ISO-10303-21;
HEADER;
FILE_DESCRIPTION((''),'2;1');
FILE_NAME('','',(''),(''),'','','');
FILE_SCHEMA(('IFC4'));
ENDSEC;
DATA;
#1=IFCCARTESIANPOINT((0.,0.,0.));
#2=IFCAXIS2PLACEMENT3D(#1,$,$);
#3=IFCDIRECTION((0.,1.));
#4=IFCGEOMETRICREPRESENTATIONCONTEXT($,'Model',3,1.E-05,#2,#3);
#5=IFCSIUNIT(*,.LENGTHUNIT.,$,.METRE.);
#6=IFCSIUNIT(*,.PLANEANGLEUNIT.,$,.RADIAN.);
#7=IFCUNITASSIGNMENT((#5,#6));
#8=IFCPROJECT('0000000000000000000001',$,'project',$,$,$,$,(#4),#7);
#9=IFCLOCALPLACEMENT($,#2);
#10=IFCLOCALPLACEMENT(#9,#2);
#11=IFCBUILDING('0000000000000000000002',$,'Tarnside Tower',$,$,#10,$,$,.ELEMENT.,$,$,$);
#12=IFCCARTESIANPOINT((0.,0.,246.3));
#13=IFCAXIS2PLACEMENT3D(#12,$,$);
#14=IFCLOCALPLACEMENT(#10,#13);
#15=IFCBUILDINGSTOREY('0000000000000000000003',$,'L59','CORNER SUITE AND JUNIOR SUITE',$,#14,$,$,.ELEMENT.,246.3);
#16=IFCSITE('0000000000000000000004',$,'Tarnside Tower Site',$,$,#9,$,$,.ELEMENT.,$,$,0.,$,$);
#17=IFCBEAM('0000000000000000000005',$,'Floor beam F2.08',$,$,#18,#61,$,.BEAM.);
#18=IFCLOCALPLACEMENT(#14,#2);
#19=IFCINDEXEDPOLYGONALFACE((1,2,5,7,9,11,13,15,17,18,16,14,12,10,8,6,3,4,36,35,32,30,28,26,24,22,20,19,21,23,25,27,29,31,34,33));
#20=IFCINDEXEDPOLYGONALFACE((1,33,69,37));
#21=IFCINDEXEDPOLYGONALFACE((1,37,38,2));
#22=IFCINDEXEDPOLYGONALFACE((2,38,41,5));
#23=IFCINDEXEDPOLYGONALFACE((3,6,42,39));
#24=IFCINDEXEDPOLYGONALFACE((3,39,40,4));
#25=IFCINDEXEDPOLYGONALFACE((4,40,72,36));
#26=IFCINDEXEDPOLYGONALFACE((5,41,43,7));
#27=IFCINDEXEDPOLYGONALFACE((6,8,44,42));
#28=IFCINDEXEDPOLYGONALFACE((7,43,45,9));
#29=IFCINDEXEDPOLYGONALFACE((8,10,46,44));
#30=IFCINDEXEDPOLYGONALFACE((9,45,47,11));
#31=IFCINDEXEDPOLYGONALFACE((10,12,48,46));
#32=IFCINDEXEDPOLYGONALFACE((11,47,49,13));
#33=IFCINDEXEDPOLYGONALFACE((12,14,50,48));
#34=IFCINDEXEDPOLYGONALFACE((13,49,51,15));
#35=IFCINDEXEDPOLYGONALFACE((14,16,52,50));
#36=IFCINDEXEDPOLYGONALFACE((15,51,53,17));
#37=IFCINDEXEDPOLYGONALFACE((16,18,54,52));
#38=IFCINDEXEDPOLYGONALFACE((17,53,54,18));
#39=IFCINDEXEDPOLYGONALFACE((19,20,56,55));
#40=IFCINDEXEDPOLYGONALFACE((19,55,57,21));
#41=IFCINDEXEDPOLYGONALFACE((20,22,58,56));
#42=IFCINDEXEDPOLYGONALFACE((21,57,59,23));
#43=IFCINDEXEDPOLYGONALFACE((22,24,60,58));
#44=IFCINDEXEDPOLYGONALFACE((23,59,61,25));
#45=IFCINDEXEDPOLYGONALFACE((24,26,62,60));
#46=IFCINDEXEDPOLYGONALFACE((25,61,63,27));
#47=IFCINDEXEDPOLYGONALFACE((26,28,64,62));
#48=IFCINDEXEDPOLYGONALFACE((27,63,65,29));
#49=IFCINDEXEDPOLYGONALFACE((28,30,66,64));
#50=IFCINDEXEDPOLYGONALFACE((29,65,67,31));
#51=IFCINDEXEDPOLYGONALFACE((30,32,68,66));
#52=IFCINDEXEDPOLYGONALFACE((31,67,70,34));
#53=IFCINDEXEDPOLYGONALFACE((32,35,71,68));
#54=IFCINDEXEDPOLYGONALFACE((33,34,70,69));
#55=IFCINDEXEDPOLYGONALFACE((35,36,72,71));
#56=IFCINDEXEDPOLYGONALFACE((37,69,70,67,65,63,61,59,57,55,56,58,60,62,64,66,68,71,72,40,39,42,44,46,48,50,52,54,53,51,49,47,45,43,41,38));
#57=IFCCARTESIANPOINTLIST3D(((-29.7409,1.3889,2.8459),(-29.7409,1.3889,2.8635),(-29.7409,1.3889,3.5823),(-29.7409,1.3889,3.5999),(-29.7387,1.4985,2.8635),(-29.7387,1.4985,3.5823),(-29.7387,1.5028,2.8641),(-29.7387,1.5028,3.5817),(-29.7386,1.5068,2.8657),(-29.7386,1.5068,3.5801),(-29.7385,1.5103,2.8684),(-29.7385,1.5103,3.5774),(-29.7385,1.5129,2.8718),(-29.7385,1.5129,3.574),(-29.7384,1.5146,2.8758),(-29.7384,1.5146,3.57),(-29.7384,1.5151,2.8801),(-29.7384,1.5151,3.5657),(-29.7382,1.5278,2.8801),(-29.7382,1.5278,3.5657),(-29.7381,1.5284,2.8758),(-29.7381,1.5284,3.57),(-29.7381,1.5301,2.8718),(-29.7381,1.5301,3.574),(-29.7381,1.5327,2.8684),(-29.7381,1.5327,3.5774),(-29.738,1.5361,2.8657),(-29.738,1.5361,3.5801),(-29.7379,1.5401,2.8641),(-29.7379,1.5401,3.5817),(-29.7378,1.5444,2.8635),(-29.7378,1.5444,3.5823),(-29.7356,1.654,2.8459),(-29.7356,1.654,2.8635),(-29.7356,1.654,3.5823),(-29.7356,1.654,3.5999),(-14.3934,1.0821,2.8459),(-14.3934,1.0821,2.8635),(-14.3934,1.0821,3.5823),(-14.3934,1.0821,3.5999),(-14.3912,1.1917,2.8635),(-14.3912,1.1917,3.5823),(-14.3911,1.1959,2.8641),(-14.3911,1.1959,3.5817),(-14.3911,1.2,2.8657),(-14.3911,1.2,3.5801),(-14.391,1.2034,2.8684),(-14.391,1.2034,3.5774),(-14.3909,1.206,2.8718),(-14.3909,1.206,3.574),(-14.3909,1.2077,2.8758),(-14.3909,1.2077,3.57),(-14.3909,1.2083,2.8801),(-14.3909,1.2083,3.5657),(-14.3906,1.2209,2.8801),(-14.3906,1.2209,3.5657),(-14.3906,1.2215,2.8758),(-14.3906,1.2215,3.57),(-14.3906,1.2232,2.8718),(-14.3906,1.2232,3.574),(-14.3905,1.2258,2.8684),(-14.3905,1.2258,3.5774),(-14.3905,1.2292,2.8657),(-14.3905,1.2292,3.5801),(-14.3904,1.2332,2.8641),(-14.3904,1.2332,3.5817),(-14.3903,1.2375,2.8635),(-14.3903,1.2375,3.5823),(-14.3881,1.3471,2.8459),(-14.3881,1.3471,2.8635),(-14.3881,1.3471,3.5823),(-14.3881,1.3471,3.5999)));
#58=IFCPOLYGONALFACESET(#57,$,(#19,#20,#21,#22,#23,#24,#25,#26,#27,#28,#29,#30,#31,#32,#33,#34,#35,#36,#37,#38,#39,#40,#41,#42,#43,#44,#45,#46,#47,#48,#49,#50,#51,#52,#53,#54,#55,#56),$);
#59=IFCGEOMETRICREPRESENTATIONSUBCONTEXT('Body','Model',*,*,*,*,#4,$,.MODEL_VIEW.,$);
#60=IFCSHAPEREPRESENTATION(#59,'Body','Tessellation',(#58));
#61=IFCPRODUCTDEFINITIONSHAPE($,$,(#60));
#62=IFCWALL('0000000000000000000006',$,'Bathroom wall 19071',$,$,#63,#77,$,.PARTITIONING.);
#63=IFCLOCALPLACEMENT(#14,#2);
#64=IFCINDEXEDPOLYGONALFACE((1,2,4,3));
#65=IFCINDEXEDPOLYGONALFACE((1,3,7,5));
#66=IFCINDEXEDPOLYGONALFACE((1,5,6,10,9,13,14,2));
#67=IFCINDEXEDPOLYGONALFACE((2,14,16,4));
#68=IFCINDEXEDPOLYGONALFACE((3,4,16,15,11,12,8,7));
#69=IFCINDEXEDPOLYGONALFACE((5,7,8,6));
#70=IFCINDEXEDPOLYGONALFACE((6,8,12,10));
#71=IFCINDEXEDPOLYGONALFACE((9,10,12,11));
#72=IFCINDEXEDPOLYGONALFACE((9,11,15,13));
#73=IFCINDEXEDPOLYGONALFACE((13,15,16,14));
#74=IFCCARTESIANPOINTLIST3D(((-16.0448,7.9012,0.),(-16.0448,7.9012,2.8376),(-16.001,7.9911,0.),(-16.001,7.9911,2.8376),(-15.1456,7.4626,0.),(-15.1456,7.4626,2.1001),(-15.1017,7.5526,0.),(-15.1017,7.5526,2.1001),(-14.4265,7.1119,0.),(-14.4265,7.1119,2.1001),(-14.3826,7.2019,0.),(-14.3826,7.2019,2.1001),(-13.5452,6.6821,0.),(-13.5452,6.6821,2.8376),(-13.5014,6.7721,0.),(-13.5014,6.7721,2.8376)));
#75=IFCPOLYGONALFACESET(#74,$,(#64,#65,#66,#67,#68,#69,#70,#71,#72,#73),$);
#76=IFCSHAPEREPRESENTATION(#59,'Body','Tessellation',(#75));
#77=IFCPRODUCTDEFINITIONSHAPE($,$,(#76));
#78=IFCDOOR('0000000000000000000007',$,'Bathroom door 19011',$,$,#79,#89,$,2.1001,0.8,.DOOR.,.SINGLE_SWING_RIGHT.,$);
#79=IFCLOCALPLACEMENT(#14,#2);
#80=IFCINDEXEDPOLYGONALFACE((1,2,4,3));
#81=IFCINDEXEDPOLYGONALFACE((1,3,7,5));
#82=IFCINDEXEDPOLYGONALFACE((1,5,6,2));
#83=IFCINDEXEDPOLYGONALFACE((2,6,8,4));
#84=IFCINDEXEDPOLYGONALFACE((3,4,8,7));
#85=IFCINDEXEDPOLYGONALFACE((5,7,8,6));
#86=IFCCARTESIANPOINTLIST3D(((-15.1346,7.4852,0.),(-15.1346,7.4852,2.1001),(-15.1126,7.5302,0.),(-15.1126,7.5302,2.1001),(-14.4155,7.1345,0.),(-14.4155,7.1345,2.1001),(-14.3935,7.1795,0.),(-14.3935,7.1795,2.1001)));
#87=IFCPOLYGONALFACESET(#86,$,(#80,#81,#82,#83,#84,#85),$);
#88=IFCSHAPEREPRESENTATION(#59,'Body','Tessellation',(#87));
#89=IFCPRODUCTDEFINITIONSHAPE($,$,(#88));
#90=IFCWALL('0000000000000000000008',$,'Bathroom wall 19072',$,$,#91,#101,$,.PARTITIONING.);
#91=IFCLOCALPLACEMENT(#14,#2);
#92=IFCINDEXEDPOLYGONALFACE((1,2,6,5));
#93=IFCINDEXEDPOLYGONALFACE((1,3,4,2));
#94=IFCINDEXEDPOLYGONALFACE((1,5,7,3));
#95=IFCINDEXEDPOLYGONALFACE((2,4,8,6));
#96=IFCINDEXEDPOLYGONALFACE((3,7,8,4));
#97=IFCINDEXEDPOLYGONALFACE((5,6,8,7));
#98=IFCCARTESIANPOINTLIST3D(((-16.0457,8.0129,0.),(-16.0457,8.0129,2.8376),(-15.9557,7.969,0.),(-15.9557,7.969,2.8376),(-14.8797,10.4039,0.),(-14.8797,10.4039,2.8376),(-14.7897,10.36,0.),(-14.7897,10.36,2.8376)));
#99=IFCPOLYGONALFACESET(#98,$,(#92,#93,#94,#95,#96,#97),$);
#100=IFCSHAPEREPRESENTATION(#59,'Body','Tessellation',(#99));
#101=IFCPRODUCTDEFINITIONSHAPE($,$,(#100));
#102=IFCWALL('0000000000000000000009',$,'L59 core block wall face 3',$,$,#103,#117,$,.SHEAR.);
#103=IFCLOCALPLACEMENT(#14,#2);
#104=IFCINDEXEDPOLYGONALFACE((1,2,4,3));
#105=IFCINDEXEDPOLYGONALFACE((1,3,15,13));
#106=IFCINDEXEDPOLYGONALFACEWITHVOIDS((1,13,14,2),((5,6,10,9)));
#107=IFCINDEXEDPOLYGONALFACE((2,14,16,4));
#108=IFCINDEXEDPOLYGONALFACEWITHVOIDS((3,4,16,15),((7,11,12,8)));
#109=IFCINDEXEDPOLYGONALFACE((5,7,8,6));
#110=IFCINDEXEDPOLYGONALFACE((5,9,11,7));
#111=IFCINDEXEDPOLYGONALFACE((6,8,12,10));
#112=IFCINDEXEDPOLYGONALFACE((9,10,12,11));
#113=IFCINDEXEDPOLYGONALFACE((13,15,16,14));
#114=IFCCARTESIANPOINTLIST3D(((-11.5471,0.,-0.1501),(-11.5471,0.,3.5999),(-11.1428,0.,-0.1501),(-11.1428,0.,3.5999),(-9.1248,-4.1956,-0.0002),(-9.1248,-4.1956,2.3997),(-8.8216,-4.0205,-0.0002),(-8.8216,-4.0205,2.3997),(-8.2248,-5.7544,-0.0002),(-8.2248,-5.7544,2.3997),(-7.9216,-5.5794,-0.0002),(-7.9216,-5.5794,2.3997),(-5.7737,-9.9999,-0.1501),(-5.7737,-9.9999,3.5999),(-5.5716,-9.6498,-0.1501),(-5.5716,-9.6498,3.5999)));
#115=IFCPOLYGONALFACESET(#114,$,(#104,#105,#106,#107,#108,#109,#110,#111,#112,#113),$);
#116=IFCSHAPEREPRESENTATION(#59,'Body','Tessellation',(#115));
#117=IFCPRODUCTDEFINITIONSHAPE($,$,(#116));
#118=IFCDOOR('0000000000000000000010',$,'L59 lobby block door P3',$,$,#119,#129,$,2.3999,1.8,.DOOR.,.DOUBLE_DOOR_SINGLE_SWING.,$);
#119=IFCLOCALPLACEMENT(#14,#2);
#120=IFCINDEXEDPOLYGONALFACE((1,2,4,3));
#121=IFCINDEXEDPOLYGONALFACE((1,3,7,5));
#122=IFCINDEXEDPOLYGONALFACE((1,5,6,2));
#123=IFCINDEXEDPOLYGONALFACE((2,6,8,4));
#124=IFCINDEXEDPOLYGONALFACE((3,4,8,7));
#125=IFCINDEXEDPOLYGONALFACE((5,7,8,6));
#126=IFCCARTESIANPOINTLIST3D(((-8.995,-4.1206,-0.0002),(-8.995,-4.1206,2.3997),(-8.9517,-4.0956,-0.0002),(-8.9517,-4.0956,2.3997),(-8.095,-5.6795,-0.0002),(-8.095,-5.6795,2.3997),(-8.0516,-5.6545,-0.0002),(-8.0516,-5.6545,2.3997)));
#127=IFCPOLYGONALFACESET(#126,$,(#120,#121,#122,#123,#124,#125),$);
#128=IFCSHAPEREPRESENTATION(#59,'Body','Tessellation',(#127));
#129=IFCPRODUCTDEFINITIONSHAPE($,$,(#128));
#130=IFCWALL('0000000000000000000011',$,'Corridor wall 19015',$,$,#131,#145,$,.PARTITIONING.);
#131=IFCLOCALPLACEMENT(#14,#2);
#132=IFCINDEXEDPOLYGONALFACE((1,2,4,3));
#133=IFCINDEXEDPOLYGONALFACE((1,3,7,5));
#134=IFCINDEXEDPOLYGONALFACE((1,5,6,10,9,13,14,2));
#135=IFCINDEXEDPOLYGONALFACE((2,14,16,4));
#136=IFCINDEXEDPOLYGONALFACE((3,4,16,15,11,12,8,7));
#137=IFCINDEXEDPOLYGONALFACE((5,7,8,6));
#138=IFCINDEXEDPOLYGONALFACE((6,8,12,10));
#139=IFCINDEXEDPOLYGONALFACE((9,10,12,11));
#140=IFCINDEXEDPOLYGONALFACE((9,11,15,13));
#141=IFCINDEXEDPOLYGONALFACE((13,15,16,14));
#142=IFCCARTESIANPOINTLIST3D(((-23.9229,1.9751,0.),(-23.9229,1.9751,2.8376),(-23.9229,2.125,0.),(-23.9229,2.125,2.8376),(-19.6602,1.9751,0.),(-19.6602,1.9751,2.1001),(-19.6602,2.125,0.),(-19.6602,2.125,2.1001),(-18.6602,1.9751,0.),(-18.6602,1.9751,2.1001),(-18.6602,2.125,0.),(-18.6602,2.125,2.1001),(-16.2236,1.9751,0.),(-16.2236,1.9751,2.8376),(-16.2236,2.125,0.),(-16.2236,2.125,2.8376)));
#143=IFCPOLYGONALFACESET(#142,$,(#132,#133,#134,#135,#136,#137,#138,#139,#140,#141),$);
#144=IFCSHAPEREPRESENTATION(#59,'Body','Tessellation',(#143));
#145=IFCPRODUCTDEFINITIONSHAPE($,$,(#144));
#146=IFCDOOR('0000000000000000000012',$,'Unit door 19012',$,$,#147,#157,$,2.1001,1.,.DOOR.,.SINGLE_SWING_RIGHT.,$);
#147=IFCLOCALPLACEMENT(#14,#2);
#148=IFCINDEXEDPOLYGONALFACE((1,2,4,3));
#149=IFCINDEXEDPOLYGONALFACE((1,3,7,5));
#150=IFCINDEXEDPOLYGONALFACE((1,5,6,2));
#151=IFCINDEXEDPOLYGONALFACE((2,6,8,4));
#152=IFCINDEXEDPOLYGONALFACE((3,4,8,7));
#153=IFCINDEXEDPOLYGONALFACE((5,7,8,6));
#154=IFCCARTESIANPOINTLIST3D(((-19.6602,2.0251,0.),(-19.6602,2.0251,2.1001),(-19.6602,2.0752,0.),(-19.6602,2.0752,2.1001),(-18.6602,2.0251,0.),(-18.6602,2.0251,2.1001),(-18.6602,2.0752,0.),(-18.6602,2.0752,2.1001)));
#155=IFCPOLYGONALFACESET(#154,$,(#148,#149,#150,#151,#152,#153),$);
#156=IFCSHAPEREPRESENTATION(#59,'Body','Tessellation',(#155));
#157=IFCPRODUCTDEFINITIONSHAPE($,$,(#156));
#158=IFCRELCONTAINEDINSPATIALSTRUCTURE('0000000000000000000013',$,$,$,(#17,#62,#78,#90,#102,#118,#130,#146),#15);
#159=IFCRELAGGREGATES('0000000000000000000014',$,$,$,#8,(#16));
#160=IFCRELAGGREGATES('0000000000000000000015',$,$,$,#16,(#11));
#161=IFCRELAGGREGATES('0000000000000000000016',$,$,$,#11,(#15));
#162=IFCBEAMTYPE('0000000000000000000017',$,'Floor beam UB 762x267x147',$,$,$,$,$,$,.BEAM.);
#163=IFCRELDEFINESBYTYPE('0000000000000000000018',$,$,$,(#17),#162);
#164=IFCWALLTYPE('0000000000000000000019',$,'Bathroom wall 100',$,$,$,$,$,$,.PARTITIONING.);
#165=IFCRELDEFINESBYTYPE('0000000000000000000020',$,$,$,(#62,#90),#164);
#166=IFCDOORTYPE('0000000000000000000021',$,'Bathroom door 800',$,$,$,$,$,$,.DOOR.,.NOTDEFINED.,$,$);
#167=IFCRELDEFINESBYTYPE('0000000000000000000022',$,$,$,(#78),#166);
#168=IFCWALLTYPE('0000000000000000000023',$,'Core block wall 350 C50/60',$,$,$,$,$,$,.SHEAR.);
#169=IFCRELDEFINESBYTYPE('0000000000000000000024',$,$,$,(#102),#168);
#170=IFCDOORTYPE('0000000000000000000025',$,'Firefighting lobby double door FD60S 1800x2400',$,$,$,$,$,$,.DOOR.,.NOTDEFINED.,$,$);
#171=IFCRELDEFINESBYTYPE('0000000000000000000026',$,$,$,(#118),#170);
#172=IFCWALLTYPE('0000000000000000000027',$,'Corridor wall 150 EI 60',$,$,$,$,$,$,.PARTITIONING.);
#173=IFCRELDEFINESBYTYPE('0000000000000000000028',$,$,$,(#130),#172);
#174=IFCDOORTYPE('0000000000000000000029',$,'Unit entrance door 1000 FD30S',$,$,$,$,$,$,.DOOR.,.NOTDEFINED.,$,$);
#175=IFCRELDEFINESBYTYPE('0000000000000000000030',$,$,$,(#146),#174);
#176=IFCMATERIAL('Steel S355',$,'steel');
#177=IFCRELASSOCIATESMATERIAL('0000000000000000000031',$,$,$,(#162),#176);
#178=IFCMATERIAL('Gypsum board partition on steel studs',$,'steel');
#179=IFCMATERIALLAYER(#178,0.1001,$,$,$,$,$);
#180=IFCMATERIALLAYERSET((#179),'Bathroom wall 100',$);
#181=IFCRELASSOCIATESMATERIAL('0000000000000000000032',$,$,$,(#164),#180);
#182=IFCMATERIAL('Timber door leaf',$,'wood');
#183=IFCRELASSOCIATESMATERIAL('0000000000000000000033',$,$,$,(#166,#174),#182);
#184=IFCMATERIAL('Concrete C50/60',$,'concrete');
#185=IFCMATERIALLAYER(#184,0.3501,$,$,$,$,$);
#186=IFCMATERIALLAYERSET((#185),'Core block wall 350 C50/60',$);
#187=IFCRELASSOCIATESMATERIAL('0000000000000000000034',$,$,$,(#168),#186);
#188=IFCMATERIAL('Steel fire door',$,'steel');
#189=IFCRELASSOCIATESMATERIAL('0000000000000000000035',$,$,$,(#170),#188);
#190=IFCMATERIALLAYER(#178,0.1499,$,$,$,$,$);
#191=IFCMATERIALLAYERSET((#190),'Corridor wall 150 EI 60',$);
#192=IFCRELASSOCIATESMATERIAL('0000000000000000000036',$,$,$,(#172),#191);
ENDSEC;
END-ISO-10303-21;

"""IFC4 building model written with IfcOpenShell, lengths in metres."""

from ifc_helpers import new_model, si_unit, direction, frame, frame_2d, origin, origin_2d, place, context, subcontext, project, spatial, polyline, rectangle, i_section, outline, extrude, material, layer, layer_set, material_profile, profile_set, type_object, element, fill, save


model = new_model("IFC4")

# Units and contexts
model_context = context("Model", 3, precision=1e-05, world=origin(), true_north=direction((0.0, 1.0)))
body_context = subcontext(model_context, "Body", "Model", "MODEL_VIEW")
ifc_project = project(units=[si_unit("LENGTHUNIT", "METRE"), si_unit("PLANEANGLEUNIT", "RADIAN")], contexts=[model_context])

# Site, building, storey
site_placement = place(None, origin())
site = spatial("IfcSite", under=ifc_project, at=site_placement, Name="Tarnside Tower Site", CompositionType="ELEMENT", RefElevation=0.0)
building_placement = place(site_placement, origin())
building = spatial("IfcBuilding", under=site, at=building_placement, Name="Tarnside Tower", CompositionType="ELEMENT")
storey_placement = place(building_placement, frame((0.0, 0.0, 246.3)))
storey = spatial("IfcBuildingStorey", under=building, at=storey_placement, Name="L59", Description="CORNER SUITE AND JUNIOR SUITE", CompositionType="ELEMENT", Elevation=246.3)

# Beam
ifc_material_1 = material(Name="Steel S355", Category="steel")
ifc_material_profile = material_profile(ifc_material_1, i_section(OverallWidth=0.2651, OverallDepth=0.7539, WebThickness=0.0127, FlangeThickness=0.0176, FilletRadius=0.0166, at=origin_2d()), Name="UB 762x267x147")
ifc_profile_set = profile_set([ifc_material_profile], Name="Steel S355")
beam_type = type_object("IfcBeamType", Name="Floor beam UB 762x267x147", PredefinedType="BEAM", material=ifc_profile_set)
beam_1_placement = place(storey_placement, frame((-29.7383, 1.5215, 3.2229), z_axis=(0.9998, -0.019992, 0.0), x_axis=(0.019992, 0.9998, 0.0)))
element("IfcBeam", 1, at=beam_1_placement, inside=storey, type_object=beam_type, Name="Floor beam F2.08", PredefinedType="BEAM", context=body_context, shape_type="SweptSolid", body=[
    extrude(i_section(OverallWidth=0.2651, OverallDepth=0.7539, WebThickness=0.0127, FlangeThickness=0.0176, FilletRadius=0.0166, at=origin_2d()), origin(), (0.0, 0.0, 1.0), 15.3506),
])

# Wall, opening, door
ifc_material_2 = material(Name="Gypsum board partition on steel studs", Category="steel")
ifc_layer_1 = layer(ifc_material_2, 0.1001)
ifc_layer_set_1 = layer_set([ifc_layer_1], Name="Bathroom wall 100")
wall_type_1 = type_object("IfcWallType", Name="Bathroom wall 100", PredefinedType="PARTITIONING", material=ifc_layer_set_1)
wall_1_placement = place(storey_placement, frame((-13.5232, 6.7271, 0.0), z_axis=(0.0, 0.0, 1.0), x_axis=(-0.898808, 0.438342, 0.0)))
wall_1 = element("IfcWall", 2, at=wall_1_placement, inside=storey, type_object=wall_type_1, Name="Bathroom wall 19071", PredefinedType="PARTITIONING", context=body_context, shape_type="SweptSolid", body=[
    extrude(rectangle(XDim=2.781, YDim=0.1001, at=frame_2d((1.3906, 0.0))), origin(), (0.0, 0.0, 1.0), 2.8376),
])
opening_1_placement = place(wall_1_placement, frame((0.9807, 0.0, 0.0)))
opening_1 = element("IfcOpeningElement", 3, at=opening_1_placement, cuts=wall_1, PredefinedType="OPENING", context=body_context, shape_type="SweptSolid", body=[
    extrude(rectangle(XDim=0.8, YDim=2.1001, at=frame_2d((0.3999, 1.05))), frame((0.0, 0.0601, 0.0), z_axis=(0.0, -1.0, 0.0), x_axis=(1.0, 0.0, 0.0)), (0.0, 0.0, 1.0), 0.1201),
])
ifc_material_3 = material(Name="Timber door leaf", Category="wood")
door_type_1 = type_object("IfcDoorType", Name="Bathroom door 800", OperationType="NOTDEFINED", PredefinedType="DOOR", material=ifc_material_3)
door_1_placement = place(opening_1_placement, origin())
door_1 = element("IfcDoor", 4, at=door_1_placement, inside=storey, type_object=door_type_1, Name="Bathroom door 19011", OperationType="SINGLE_SWING_RIGHT", OverallHeight=2.1001, OverallWidth=0.8, PredefinedType="DOOR", context=body_context, shape_type="SweptSolid", body=[
    extrude(rectangle(XDim=0.8, YDim=2.1001, at=frame_2d((0.3999, 1.05))), frame((0.0, 0.0249, 0.0), z_axis=(0.0, -1.0, 0.0), x_axis=(1.0, 0.0, 0.0)), (0.0, 0.0, 1.0), 0.05),
])
fill(opening_1, door_1)

# Wall
wall_2_placement = place(storey_placement, frame((-16.0007, 7.991, 0.0), z_axis=(0.0, 0.0, 1.0), x_axis=(0.438344, 0.898807, 0.0)))
element("IfcWall", 5, at=wall_2_placement, inside=storey, type_object=wall_type_1, Name="Bathroom wall 19072", PredefinedType="PARTITIONING", context=body_context, shape_type="SweptSolid", body=[
    extrude(rectangle(XDim=2.6602, YDim=0.1001, at=frame_2d((1.3301, 0.0))), origin(), (0.0, 0.0, 1.0), 2.8376),
])

# Walls, openings, doors
ifc_material_4 = material(Name="Concrete C50/60", Category="concrete")
ifc_layer_2 = layer(ifc_material_4, 0.3501)
ifc_layer_set_2 = layer_set([ifc_layer_2], Name="Core block wall 350 C50/60")
wall_type_2 = type_object("IfcWallType", Name="Core block wall 350 C50/60", PredefinedType="SHEAR", material=ifc_layer_set_2)
wall_3_placement = place(storey_placement, frame((-11.345, 0.0, -0.1501), z_axis=(0.0, 0.0, 1.0), x_axis=(0.499995, -0.866028, 0.0)))
wall_3 = element("IfcWall", 6, at=wall_3_placement, inside=storey, type_object=wall_type_2, Name="L59 core block wall face 3", PredefinedType="SHEAR", context=body_context, shape_type="SweptSolid", body=[
    extrude(outline(polyline([(-0.1011, -0.175), (11.4458, -0.175), (11.2437, 0.175), (0.1011, 0.175), (-0.1011, -0.175)])), origin(), (0.0, 0.0, 1.0), 3.75),
])
opening_2_placement = place(wall_3_placement, frame((4.7437, 0.0, 0.1499)))
opening_2 = element("IfcOpeningElement", 7, at=opening_2_placement, cuts=wall_3, PredefinedType="OPENING", context=body_context, shape_type="SweptSolid", body=[
    extrude(rectangle(XDim=1.8, YDim=2.3999, at=frame_2d((0.8999, 1.2))), frame((0.0, 0.1851, 0.0), z_axis=(0.0, -1.0, 0.0), x_axis=(1.0, 0.0, 0.0)), (0.0, 0.0, 1.0), 0.3701),
])
ifc_material_5 = material(Name="Steel fire door", Category="steel")
door_type_2 = type_object("IfcDoorType", Name="Firefighting lobby double door FD60S 1800x2400", OperationType="NOTDEFINED", PredefinedType="DOOR", material=ifc_material_5)
door_2_placement = place(opening_2_placement, origin())
door_2 = element("IfcDoor", 8, at=door_2_placement, inside=storey, type_object=door_type_2, Name="L59 lobby block door P3", OperationType="DOUBLE_DOOR_SINGLE_SWING", OverallHeight=2.3999, OverallWidth=1.8, PredefinedType="DOOR", context=body_context, shape_type="SweptSolid", body=[
    extrude(rectangle(XDim=1.8, YDim=2.3999, at=frame_2d((0.8999, 1.2))), frame((0.0, 0.0249, 0.0), z_axis=(0.0, -1.0, 0.0), x_axis=(1.0, 0.0, 0.0)), (0.0, 0.0, 1.0), 0.05),
])
fill(opening_2, door_2)
ifc_layer_3 = layer(ifc_material_2, 0.1499)
ifc_layer_set_3 = layer_set([ifc_layer_3], Name="Corridor wall 150 EI 60")
wall_type_3 = type_object("IfcWallType", Name="Corridor wall 150 EI 60", PredefinedType="PARTITIONING", material=ifc_layer_set_3)
wall_4_placement = place(storey_placement, frame((-16.2236, 2.05, 0.0), z_axis=(0.0, 0.0, 1.0), x_axis=(-1.0, 0.0, 0.0)))
wall_4 = element("IfcWall", 9, at=wall_4_placement, inside=storey, type_object=wall_type_3, Name="Corridor wall 19015", PredefinedType="PARTITIONING", context=body_context, shape_type="SweptSolid", body=[
    extrude(rectangle(XDim=7.6992, YDim=0.1499, at=frame_2d((3.8496, 0.0))), origin(), (0.0, 0.0, 1.0), 2.8376),
])
opening_3_placement = place(wall_4_placement, frame((2.4365, 0.0, 0.0)))
opening_3 = element("IfcOpeningElement", 10, at=opening_3_placement, cuts=wall_4, PredefinedType="OPENING", context=body_context, shape_type="SweptSolid", body=[
    extrude(rectangle(XDim=1.0, YDim=2.1001, at=frame_2d((0.5, 1.05))), frame((0.0, 0.085, 0.0), z_axis=(0.0, -1.0, 0.0), x_axis=(1.0, 0.0, 0.0)), (0.0, 0.0, 1.0), 0.1699),
])
door_type_3 = type_object("IfcDoorType", Name="Unit entrance door 1000 FD30S", OperationType="NOTDEFINED", PredefinedType="DOOR", material=ifc_material_3)
door_3_placement = place(opening_3_placement, origin())
door_3 = element("IfcDoor", 11, at=door_3_placement, inside=storey, type_object=door_type_3, Name="Unit door 19012", OperationType="SINGLE_SWING_RIGHT", OverallHeight=2.1001, OverallWidth=1.0, PredefinedType="DOOR", context=body_context, shape_type="SweptSolid", body=[
    extrude(rectangle(XDim=1.0, YDim=2.1001, at=frame_2d((0.5, 1.05))), frame((0.0, 0.0249, 0.0), z_axis=(0.0, -1.0, 0.0), x_axis=(1.0, 0.0, 0.0)), (0.0, 0.0, 1.0), 0.05),
])
fill(opening_3, door_3)

save(model, "model.ifc")
